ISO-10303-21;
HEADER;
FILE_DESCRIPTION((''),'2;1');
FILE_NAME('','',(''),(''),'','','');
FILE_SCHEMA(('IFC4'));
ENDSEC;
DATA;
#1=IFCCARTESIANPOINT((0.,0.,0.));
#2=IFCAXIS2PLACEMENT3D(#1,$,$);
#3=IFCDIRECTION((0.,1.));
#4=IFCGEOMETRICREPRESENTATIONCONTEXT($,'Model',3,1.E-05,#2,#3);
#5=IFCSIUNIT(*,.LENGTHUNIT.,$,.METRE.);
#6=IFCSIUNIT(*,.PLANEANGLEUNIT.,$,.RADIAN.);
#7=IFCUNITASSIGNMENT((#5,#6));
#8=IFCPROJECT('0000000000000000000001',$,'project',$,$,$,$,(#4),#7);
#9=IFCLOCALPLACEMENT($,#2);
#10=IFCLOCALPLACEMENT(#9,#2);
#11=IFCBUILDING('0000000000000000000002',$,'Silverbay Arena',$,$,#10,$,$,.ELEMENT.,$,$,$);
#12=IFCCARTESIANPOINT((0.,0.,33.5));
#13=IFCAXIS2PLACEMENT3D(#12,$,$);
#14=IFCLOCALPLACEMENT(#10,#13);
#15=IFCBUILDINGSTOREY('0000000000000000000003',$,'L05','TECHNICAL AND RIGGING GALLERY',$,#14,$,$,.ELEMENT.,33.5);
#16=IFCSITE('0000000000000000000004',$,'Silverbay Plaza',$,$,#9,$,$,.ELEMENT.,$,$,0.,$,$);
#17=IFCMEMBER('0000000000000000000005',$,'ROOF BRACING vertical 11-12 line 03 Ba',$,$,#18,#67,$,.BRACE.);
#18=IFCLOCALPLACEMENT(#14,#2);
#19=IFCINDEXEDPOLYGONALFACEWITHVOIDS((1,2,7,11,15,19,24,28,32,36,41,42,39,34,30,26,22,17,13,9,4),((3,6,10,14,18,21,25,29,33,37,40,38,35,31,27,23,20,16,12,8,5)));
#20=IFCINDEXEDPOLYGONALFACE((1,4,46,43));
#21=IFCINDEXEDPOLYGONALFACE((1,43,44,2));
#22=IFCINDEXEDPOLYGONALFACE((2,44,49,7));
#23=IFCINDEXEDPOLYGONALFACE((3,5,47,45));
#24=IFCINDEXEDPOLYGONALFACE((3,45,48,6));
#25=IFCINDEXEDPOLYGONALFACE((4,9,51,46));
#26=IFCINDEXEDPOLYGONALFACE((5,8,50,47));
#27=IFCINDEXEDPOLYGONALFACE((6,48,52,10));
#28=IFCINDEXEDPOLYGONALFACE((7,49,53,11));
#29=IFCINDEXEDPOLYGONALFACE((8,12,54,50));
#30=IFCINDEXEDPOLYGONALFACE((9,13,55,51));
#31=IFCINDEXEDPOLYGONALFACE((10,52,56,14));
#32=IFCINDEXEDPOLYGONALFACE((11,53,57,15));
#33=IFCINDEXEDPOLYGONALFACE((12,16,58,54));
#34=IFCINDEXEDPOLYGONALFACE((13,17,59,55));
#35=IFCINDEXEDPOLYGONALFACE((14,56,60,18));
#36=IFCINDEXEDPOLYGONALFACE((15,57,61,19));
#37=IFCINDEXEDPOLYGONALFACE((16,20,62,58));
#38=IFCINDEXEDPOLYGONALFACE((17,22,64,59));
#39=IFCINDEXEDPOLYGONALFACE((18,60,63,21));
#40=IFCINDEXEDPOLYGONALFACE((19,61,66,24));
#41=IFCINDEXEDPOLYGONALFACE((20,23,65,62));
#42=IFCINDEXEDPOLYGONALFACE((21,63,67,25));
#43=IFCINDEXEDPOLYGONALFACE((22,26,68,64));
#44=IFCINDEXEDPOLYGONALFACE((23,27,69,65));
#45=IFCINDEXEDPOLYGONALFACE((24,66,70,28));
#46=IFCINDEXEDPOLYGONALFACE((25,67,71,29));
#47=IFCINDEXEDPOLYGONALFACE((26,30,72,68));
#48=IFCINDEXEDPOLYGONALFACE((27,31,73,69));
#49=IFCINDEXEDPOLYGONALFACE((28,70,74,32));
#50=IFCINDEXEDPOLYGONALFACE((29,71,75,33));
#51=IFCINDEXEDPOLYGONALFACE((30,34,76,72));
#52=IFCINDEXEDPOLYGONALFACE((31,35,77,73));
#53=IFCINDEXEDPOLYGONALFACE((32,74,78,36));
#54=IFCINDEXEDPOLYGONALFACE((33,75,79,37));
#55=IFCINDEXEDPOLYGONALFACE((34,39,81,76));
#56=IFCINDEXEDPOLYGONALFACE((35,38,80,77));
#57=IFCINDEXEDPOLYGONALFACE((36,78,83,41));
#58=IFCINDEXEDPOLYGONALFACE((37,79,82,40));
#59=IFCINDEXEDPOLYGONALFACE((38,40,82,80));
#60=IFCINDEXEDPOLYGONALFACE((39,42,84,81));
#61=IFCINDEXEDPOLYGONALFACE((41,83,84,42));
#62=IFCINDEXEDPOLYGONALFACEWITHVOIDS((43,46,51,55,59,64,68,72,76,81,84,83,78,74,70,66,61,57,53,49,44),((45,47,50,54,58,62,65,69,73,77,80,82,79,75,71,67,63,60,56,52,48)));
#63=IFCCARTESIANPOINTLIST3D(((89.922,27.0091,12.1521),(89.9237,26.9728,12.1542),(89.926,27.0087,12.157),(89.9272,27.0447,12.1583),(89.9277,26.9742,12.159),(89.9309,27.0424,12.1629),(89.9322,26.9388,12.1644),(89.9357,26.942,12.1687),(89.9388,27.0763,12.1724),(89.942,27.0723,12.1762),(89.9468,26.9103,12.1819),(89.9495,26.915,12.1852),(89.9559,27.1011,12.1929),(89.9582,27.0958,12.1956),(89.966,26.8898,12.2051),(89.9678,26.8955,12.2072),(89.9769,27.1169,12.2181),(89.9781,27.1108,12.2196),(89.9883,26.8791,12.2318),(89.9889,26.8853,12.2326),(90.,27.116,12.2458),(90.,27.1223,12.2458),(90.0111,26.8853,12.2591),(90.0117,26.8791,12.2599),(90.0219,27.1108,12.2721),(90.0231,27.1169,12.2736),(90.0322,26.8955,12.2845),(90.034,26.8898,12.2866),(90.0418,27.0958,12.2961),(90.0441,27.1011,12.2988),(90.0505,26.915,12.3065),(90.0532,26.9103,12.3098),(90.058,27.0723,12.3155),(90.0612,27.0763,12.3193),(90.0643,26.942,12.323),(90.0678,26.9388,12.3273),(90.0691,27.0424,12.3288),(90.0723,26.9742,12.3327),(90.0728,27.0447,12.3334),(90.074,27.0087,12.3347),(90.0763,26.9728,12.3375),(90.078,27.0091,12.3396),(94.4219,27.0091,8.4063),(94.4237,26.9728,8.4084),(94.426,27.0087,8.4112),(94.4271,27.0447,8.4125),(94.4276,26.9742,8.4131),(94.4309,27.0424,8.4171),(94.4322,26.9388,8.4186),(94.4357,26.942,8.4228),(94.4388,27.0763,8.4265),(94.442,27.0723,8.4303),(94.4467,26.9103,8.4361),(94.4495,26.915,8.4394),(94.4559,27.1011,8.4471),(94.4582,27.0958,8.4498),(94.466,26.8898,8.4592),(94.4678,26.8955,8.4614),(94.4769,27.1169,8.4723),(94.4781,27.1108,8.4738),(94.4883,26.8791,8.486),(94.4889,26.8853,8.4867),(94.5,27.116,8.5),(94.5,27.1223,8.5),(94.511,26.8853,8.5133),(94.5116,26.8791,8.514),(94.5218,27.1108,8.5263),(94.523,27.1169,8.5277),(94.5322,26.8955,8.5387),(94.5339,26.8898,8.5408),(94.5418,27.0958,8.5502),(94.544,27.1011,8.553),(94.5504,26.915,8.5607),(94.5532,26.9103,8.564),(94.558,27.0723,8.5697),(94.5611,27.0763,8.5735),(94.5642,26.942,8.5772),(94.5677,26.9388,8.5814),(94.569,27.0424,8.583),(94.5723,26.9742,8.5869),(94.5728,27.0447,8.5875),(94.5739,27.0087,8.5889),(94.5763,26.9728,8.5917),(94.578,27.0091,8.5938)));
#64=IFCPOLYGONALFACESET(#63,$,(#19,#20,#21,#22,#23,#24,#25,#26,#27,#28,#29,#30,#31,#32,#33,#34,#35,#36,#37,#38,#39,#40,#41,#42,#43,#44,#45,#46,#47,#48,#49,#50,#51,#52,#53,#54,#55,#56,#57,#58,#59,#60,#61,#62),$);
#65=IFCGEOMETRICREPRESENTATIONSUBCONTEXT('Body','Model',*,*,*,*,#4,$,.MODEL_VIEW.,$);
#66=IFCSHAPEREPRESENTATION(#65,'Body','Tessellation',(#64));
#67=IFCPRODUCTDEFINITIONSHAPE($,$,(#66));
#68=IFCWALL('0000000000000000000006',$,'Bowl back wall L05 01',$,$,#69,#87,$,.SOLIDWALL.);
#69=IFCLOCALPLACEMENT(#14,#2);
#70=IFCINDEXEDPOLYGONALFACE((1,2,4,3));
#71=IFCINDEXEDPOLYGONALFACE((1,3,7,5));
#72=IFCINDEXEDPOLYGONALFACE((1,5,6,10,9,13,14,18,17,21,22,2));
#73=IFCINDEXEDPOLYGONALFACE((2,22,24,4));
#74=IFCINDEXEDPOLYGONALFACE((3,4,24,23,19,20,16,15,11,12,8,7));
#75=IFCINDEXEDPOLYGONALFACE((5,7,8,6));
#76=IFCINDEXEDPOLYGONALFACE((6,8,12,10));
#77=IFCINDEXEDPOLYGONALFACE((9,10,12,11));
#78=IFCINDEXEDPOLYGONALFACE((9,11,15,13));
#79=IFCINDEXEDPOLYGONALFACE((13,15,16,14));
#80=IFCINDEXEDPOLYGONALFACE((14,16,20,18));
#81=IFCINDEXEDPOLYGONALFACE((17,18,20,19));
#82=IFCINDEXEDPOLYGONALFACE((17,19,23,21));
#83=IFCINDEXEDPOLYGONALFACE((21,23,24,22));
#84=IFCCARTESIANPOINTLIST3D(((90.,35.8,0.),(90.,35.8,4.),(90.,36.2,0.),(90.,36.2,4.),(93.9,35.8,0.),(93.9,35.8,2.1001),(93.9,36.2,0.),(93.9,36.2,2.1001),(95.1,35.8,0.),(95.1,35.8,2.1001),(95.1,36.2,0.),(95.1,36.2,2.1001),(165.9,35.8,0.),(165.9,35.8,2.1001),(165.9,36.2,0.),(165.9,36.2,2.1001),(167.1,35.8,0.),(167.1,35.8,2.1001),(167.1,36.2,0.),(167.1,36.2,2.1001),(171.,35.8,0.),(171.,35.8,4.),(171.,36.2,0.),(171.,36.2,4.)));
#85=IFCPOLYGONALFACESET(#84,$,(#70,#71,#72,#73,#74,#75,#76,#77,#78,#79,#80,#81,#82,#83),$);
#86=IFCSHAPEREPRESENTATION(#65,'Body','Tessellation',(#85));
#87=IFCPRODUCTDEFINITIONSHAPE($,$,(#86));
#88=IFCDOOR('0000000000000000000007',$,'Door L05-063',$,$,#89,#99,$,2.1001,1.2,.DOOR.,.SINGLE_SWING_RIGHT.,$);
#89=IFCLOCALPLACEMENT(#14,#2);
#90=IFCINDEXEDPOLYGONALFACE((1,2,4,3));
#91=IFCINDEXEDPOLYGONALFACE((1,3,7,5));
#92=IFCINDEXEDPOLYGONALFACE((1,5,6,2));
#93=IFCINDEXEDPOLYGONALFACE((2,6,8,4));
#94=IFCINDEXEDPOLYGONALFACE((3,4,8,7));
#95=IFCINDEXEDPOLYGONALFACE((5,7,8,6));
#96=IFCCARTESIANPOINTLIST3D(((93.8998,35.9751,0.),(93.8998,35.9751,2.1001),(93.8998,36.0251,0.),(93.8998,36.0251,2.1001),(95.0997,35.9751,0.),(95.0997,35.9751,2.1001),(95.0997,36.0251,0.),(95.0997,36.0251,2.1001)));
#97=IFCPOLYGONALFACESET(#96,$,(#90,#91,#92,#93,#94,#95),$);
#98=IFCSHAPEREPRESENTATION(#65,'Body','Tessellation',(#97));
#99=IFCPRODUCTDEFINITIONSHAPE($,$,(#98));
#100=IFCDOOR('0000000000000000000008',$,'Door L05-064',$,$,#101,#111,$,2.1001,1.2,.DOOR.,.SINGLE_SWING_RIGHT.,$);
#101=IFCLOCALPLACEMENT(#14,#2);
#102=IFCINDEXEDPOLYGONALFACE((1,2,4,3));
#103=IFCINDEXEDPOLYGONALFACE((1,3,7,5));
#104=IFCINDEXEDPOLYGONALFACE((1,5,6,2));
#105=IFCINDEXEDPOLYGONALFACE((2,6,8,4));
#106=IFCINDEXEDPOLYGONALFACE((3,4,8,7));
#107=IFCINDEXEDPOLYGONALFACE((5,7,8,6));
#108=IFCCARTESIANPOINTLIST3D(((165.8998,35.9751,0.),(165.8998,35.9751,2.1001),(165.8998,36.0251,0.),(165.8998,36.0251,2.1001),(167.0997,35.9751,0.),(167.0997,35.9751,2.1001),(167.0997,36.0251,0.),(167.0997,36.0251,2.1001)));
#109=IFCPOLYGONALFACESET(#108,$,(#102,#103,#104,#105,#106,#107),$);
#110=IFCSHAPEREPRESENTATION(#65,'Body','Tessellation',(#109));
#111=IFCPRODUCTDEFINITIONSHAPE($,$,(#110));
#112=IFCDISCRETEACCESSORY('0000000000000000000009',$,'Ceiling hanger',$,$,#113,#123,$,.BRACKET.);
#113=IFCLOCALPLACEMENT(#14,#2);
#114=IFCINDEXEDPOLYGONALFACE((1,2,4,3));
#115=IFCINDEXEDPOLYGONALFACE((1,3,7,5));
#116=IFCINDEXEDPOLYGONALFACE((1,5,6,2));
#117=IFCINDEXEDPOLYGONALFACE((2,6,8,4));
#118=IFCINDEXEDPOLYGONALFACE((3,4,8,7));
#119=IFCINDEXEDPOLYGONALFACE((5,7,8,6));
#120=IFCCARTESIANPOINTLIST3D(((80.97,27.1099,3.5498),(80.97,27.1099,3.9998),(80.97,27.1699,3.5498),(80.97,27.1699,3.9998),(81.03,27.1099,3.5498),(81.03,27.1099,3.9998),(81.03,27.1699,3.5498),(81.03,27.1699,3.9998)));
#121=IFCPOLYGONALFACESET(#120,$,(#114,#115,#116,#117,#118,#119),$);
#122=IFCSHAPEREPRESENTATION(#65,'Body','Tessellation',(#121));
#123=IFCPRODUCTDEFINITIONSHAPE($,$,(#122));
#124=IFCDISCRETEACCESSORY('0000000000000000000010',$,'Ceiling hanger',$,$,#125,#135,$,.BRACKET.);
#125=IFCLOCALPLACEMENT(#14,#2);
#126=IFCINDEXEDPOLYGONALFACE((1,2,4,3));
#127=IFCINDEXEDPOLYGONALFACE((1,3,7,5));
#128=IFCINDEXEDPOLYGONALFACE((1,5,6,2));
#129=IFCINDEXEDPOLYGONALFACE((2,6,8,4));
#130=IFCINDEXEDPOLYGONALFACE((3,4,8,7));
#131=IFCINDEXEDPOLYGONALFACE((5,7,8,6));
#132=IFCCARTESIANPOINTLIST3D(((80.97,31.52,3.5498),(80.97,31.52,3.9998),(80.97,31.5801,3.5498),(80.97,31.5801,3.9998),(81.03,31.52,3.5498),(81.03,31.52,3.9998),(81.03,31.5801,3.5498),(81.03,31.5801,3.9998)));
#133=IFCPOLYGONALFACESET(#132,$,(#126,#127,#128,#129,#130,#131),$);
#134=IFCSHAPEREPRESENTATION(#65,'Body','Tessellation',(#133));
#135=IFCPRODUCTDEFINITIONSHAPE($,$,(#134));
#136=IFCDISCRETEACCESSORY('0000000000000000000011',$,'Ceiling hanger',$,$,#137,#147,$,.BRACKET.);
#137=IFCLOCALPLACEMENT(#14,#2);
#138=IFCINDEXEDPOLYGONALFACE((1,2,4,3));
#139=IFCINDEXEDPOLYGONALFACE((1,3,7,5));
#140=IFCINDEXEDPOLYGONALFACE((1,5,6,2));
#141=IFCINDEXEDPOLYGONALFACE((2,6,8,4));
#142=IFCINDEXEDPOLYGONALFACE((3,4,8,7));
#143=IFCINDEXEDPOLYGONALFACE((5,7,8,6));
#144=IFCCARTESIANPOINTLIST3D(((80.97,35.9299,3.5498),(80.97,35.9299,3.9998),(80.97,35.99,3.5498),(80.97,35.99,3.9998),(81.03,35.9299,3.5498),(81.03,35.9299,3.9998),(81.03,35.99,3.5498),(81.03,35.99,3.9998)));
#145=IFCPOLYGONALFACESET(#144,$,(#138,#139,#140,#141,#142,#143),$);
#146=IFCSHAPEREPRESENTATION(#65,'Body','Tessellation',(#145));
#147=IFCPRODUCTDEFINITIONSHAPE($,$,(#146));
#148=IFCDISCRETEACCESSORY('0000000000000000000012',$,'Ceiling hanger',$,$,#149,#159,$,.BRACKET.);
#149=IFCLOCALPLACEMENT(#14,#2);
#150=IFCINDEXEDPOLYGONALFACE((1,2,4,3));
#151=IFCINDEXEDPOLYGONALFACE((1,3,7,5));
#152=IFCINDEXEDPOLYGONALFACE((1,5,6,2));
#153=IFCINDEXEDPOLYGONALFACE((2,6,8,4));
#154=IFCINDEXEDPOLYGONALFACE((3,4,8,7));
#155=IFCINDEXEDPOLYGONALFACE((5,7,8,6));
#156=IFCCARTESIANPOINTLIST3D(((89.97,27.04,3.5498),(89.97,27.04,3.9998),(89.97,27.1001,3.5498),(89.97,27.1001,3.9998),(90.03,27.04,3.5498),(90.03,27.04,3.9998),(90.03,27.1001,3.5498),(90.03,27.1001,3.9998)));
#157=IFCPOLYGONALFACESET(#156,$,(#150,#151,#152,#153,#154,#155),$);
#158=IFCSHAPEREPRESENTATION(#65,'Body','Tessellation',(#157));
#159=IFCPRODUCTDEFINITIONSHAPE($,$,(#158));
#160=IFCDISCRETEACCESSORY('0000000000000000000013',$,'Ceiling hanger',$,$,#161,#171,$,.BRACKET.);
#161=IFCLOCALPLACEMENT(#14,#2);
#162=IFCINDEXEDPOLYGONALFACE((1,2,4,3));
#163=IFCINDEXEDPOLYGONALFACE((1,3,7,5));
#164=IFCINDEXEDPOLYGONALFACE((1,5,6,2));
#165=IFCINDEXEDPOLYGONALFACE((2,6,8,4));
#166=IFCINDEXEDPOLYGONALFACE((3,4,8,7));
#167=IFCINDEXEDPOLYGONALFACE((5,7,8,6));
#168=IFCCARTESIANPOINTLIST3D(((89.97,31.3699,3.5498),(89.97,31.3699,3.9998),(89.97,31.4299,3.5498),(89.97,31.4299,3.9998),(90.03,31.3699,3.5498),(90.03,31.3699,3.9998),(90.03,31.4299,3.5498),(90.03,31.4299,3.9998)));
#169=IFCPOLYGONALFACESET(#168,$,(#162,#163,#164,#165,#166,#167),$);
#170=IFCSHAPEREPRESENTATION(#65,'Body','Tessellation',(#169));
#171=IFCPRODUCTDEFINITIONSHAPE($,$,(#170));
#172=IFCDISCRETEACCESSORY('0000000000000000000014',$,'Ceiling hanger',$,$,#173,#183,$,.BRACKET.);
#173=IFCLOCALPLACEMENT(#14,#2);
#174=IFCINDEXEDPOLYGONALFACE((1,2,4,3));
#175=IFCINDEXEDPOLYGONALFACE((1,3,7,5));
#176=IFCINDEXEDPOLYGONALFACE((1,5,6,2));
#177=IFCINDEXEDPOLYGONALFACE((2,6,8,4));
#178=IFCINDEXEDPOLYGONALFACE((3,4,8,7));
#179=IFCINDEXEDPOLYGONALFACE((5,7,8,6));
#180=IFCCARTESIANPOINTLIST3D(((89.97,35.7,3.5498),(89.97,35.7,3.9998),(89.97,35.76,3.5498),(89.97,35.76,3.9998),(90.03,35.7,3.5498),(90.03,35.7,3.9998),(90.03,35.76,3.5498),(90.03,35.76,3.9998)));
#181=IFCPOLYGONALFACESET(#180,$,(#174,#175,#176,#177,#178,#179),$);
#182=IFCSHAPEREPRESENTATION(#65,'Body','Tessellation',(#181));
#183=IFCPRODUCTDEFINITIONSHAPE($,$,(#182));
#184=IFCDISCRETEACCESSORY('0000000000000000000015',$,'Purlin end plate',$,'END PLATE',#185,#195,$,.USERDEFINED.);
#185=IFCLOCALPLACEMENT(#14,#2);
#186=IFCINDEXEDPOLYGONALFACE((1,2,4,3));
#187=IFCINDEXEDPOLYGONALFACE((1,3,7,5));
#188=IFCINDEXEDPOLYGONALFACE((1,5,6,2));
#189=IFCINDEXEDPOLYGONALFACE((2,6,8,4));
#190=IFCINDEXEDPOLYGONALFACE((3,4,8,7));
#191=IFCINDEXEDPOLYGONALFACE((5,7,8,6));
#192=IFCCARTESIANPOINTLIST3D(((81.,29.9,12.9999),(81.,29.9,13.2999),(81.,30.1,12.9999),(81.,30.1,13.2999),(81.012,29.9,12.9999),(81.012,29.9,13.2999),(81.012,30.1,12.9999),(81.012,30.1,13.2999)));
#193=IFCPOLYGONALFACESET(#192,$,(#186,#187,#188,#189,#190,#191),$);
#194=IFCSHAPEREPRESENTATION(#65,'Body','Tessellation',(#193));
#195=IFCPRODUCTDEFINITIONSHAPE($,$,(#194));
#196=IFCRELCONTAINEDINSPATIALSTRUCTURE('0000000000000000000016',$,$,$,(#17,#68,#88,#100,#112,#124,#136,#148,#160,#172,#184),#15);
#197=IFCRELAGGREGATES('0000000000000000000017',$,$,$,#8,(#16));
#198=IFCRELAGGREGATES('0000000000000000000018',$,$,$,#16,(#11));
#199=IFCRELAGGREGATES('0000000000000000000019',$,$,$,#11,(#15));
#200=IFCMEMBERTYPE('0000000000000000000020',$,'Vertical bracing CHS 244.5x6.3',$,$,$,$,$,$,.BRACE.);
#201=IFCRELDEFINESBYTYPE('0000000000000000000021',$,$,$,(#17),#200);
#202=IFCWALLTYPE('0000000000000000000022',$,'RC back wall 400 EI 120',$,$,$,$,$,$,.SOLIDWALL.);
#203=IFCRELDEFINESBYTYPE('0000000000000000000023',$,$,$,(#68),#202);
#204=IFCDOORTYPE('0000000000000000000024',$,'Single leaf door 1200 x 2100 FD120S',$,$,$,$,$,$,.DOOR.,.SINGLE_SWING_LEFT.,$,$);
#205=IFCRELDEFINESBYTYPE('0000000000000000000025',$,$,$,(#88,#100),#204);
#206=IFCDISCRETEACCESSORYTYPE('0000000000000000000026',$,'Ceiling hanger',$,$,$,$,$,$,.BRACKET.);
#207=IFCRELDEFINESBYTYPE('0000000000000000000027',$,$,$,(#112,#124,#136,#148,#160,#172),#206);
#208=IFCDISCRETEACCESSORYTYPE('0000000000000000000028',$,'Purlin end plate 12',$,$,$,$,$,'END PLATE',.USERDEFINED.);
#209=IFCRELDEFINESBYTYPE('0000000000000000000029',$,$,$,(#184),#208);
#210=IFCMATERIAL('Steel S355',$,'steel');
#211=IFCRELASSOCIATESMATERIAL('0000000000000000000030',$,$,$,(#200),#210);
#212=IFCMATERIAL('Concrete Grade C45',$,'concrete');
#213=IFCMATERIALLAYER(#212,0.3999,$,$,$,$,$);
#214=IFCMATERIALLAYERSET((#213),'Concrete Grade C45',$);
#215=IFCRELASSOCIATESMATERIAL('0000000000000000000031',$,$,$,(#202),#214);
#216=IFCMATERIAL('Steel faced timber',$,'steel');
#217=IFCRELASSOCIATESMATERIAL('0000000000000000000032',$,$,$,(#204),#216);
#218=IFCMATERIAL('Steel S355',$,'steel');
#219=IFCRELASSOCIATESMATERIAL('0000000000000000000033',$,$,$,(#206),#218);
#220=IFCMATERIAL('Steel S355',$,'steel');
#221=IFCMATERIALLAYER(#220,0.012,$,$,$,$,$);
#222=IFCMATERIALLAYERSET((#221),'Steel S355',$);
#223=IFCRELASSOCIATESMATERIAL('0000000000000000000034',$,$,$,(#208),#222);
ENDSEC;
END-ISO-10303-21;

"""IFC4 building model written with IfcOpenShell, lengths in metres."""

from ifc_helpers import new_model, si_unit, direction, frame, frame_2d, origin, origin_2d, place, context, subcontext, project, spatial, rectangle, hollow_circle, extrude, material, layer, layer_set, material_profile, profile_set, type_object, element, fill, save


model = new_model("IFC4")

# Units and contexts
model_context = context("Model", 3, precision=1e-05, world=origin(), true_north=direction((0.0, 1.0)))
body_context = subcontext(model_context, "Body", "Model", "MODEL_VIEW")
ifc_project = project(units=[si_unit("LENGTHUNIT", "METRE"), si_unit("PLANEANGLEUNIT", "RADIAN")], contexts=[model_context])

# Site, building, storey
site_placement = place(None, origin())
site = spatial("IfcSite", under=ifc_project, at=site_placement, Name="Silverbay Plaza", CompositionType="ELEMENT", RefElevation=0.0)
building_placement = place(site_placement, origin())
building = spatial("IfcBuilding", under=site, at=building_placement, Name="Silverbay Arena", CompositionType="ELEMENT")
storey_placement = place(building_placement, frame((0.0, 0.0, 33.5)))
storey = spatial("IfcBuildingStorey", under=building, at=storey_placement, Name="L05", Description="TECHNICAL AND RIGGING GALLERY", CompositionType="ELEMENT", Elevation=33.5)

# Member
ifc_material_1 = material(Name="Steel S355", Category="steel")
ifc_material_profile_1 = material_profile(ifc_material_1, hollow_circle(Radius=0.1223, WallThickness=0.0063, at=origin_2d()), Name="CHS 244.5x6.3")
ifc_profile_set_1 = profile_set([ifc_material_profile_1], Name="Steel S355")
member_type_1 = type_object("IfcMemberType", Name="Vertical bracing CHS 244.5x6.3", PredefinedType="BRACE", material=ifc_profile_set_1)
for number, where, z_axis, x_axis, name in (
    (1, (90.0, 27.0, 12.2458), (0.76857, 0.0, -0.639766), (0.0, 1.0, 0.0), "ROOF BRACING vertical 11-12 line 03 Ba"),
):
    element("IfcMember", number, at=place(storey_placement, frame(where, z_axis=z_axis, x_axis=x_axis)), inside=storey, type_object=member_type_1, Name=name, PredefinedType="BRACE", context=body_context, shape_type="SweptSolid", body=[
        extrude(hollow_circle(Radius=0.1223, WallThickness=0.0063, at=origin_2d()), origin(), (0.0, 0.0, 1.0), 5.855),
    ])

# Wall, openings, doors
ifc_material_2 = material(Name="Concrete Grade C45", Category="concrete")
ifc_layer_1 = layer(ifc_material_2, 0.3999)
ifc_layer_set_1 = layer_set([ifc_layer_1], Name="Concrete Grade C45")
wall_type = type_object("IfcWallType", Name="RC back wall 400 EI 120", PredefinedType="SOLIDWALL", material=ifc_layer_set_1)
wall_placement = place(storey_placement, frame((90.0, 36.0, 0.0), z_axis=(0.0, 0.0, 1.0), x_axis=(1.0, 0.0, 0.0)))
wall = element("IfcWall", 2, at=wall_placement, inside=storey, type_object=wall_type, Name="Bowl back wall L05 01", PredefinedType="SOLIDWALL", context=body_context, shape_type="SweptSolid", body=[
    extrude(rectangle(XDim=81.0, YDim=0.3999, at=frame_2d((40.5, 0.0))), origin(), (0.0, 0.0, 1.0), 4.0),
])
opening_1_placement = place(wall_placement, frame((3.8999, 0.0, 0.0)))
opening_1 = element("IfcOpeningElement", 3, at=opening_1_placement, cuts=wall, PredefinedType="OPENING", context=body_context, shape_type="SweptSolid", body=[
    extrude(rectangle(XDim=1.2, YDim=2.1001, at=frame_2d((0.6001, 1.05))), frame((0.0, 0.21, 0.0), z_axis=(0.0, -1.0, 0.0), x_axis=(1.0, 0.0, 0.0)), (0.0, 0.0, 1.0), 0.4199),
])
opening_2_placement = place(wall_placement, frame((75.8999, 0.0, 0.0)))
opening_2 = element("IfcOpeningElement", 4, at=opening_2_placement, cuts=wall, PredefinedType="OPENING", context=body_context, shape_type="SweptSolid", body=[
    extrude(rectangle(XDim=1.2, YDim=2.1001, at=frame_2d((0.6001, 1.05))), frame((0.0, 0.21, 0.0), z_axis=(0.0, -1.0, 0.0), x_axis=(1.0, 0.0, 0.0)), (0.0, 0.0, 1.0), 0.4199),
])
ifc_material_3 = material(Name="Steel faced timber", Category="steel")
door_type = type_object("IfcDoorType", Name="Single leaf door 1200 x 2100 FD120S", OperationType="SINGLE_SWING_LEFT", PredefinedType="DOOR", material=ifc_material_3)
door_1_placement = place(opening_1_placement, frame((1.2, 0.0, 0.0), z_axis=(0.0, 0.0, 1.0), x_axis=(-1.0, 0.0, 0.0)))
door_1 = element("IfcDoor", 5, at=door_1_placement, inside=storey, type_object=door_type, Name="Door L05-063", OperationType="SINGLE_SWING_RIGHT", OverallHeight=2.1001, OverallWidth=1.2, PredefinedType="DOOR", context=body_context, shape_type="SweptSolid", body=[
    extrude(rectangle(XDim=1.2, YDim=2.1001, at=frame_2d((0.6001, 1.05))), frame((0.0, 0.0249, 0.0), z_axis=(0.0, -1.0, 0.0), x_axis=(1.0, 0.0, 0.0)), (0.0, 0.0, 1.0), 0.05),
])
fill(opening_1, door_1)
door_2_placement = place(opening_2_placement, frame((1.2, 0.0, 0.0), z_axis=(0.0, 0.0, 1.0), x_axis=(-1.0, 0.0, 0.0)))
door_2 = element("IfcDoor", 6, at=door_2_placement, inside=storey, type_object=door_type, Name="Door L05-064", OperationType="SINGLE_SWING_RIGHT", OverallHeight=2.1001, OverallWidth=1.2, PredefinedType="DOOR", context=body_context, shape_type="SweptSolid", body=[
    extrude(rectangle(XDim=1.2, YDim=2.1001, at=frame_2d((0.6001, 1.05))), frame((0.0, 0.0249, 0.0), z_axis=(0.0, -1.0, 0.0), x_axis=(1.0, 0.0, 0.0)), (0.0, 0.0, 1.0), 0.05),
])
fill(opening_2, door_2)

# Discrete accessories
ifc_material_4 = material(Name="Steel S355", Category="steel")
discrete_accessory_type_1 = type_object("IfcDiscreteAccessoryType", Name="Ceiling hanger", PredefinedType="BRACKET", material=ifc_material_4)
for number, where, z_axis, x_axis, name in (
    (7, (81.0, 27.1399, 3.5498), (0.0, 0.0, 1.0), (1.0, 0.0, 0.0), "Ceiling hanger"),
    (8, (81.0, 31.55, 3.5498), (0.0, 0.0, 1.0), (1.0, 0.0, 0.0), "Ceiling hanger"),
    (9, (81.0, 35.96, 3.5498), (0.0, 0.0, 1.0), (1.0, 0.0, 0.0), "Ceiling hanger"),
    (10, (90.0, 27.0701, 3.5498), (0.0, 0.0, 1.0), (1.0, 0.0, 0.0), "Ceiling hanger"),
    (11, (90.0, 31.3999, 3.5498), (0.0, 0.0, 1.0), (1.0, 0.0, 0.0), "Ceiling hanger"),
    (12, (90.0, 35.73, 3.5498), (0.0, 0.0, 1.0), (1.0, 0.0, 0.0), "Ceiling hanger"),
):
    element("IfcDiscreteAccessory", number, at=place(storey_placement, frame(where, z_axis=z_axis, x_axis=x_axis)), inside=storey, type_object=discrete_accessory_type_1, Name=name, PredefinedType="BRACKET", context=body_context, shape_type="SweptSolid", body=[
        extrude(rectangle(XDim=0.0601, YDim=0.0601, at=origin_2d()), origin(), (0.0, 0.0, 1.0), 0.45),
    ])
ifc_material_5 = material(Name="Steel S355", Category="steel")
ifc_layer_2 = layer(ifc_material_5, 0.012)
ifc_layer_set_2 = layer_set([ifc_layer_2], Name="Steel S355")
discrete_accessory_type_2 = type_object("IfcDiscreteAccessoryType", Name="Purlin end plate 12", ElementType="END PLATE", PredefinedType="USERDEFINED", material=ifc_layer_set_2)
for number, where, z_axis, x_axis, name in (
    (13, (81.0, 30.0, 13.1499), (1.0, 0.0, 0.0), (0.0, 1.0, 0.0), "Purlin end plate"),
):
    element("IfcDiscreteAccessory", number, at=place(storey_placement, frame(where, z_axis=z_axis, x_axis=x_axis)), inside=storey, type_object=discrete_accessory_type_2, Name=name, ObjectType="END PLATE", PredefinedType="USERDEFINED", context=body_context, shape_type="SweptSolid", body=[
        extrude(rectangle(XDim=0.2, YDim=0.3, at=origin_2d()), origin(), (0.0, 0.0, 1.0), 0.012),
    ])

save(model, "model.ifc")
